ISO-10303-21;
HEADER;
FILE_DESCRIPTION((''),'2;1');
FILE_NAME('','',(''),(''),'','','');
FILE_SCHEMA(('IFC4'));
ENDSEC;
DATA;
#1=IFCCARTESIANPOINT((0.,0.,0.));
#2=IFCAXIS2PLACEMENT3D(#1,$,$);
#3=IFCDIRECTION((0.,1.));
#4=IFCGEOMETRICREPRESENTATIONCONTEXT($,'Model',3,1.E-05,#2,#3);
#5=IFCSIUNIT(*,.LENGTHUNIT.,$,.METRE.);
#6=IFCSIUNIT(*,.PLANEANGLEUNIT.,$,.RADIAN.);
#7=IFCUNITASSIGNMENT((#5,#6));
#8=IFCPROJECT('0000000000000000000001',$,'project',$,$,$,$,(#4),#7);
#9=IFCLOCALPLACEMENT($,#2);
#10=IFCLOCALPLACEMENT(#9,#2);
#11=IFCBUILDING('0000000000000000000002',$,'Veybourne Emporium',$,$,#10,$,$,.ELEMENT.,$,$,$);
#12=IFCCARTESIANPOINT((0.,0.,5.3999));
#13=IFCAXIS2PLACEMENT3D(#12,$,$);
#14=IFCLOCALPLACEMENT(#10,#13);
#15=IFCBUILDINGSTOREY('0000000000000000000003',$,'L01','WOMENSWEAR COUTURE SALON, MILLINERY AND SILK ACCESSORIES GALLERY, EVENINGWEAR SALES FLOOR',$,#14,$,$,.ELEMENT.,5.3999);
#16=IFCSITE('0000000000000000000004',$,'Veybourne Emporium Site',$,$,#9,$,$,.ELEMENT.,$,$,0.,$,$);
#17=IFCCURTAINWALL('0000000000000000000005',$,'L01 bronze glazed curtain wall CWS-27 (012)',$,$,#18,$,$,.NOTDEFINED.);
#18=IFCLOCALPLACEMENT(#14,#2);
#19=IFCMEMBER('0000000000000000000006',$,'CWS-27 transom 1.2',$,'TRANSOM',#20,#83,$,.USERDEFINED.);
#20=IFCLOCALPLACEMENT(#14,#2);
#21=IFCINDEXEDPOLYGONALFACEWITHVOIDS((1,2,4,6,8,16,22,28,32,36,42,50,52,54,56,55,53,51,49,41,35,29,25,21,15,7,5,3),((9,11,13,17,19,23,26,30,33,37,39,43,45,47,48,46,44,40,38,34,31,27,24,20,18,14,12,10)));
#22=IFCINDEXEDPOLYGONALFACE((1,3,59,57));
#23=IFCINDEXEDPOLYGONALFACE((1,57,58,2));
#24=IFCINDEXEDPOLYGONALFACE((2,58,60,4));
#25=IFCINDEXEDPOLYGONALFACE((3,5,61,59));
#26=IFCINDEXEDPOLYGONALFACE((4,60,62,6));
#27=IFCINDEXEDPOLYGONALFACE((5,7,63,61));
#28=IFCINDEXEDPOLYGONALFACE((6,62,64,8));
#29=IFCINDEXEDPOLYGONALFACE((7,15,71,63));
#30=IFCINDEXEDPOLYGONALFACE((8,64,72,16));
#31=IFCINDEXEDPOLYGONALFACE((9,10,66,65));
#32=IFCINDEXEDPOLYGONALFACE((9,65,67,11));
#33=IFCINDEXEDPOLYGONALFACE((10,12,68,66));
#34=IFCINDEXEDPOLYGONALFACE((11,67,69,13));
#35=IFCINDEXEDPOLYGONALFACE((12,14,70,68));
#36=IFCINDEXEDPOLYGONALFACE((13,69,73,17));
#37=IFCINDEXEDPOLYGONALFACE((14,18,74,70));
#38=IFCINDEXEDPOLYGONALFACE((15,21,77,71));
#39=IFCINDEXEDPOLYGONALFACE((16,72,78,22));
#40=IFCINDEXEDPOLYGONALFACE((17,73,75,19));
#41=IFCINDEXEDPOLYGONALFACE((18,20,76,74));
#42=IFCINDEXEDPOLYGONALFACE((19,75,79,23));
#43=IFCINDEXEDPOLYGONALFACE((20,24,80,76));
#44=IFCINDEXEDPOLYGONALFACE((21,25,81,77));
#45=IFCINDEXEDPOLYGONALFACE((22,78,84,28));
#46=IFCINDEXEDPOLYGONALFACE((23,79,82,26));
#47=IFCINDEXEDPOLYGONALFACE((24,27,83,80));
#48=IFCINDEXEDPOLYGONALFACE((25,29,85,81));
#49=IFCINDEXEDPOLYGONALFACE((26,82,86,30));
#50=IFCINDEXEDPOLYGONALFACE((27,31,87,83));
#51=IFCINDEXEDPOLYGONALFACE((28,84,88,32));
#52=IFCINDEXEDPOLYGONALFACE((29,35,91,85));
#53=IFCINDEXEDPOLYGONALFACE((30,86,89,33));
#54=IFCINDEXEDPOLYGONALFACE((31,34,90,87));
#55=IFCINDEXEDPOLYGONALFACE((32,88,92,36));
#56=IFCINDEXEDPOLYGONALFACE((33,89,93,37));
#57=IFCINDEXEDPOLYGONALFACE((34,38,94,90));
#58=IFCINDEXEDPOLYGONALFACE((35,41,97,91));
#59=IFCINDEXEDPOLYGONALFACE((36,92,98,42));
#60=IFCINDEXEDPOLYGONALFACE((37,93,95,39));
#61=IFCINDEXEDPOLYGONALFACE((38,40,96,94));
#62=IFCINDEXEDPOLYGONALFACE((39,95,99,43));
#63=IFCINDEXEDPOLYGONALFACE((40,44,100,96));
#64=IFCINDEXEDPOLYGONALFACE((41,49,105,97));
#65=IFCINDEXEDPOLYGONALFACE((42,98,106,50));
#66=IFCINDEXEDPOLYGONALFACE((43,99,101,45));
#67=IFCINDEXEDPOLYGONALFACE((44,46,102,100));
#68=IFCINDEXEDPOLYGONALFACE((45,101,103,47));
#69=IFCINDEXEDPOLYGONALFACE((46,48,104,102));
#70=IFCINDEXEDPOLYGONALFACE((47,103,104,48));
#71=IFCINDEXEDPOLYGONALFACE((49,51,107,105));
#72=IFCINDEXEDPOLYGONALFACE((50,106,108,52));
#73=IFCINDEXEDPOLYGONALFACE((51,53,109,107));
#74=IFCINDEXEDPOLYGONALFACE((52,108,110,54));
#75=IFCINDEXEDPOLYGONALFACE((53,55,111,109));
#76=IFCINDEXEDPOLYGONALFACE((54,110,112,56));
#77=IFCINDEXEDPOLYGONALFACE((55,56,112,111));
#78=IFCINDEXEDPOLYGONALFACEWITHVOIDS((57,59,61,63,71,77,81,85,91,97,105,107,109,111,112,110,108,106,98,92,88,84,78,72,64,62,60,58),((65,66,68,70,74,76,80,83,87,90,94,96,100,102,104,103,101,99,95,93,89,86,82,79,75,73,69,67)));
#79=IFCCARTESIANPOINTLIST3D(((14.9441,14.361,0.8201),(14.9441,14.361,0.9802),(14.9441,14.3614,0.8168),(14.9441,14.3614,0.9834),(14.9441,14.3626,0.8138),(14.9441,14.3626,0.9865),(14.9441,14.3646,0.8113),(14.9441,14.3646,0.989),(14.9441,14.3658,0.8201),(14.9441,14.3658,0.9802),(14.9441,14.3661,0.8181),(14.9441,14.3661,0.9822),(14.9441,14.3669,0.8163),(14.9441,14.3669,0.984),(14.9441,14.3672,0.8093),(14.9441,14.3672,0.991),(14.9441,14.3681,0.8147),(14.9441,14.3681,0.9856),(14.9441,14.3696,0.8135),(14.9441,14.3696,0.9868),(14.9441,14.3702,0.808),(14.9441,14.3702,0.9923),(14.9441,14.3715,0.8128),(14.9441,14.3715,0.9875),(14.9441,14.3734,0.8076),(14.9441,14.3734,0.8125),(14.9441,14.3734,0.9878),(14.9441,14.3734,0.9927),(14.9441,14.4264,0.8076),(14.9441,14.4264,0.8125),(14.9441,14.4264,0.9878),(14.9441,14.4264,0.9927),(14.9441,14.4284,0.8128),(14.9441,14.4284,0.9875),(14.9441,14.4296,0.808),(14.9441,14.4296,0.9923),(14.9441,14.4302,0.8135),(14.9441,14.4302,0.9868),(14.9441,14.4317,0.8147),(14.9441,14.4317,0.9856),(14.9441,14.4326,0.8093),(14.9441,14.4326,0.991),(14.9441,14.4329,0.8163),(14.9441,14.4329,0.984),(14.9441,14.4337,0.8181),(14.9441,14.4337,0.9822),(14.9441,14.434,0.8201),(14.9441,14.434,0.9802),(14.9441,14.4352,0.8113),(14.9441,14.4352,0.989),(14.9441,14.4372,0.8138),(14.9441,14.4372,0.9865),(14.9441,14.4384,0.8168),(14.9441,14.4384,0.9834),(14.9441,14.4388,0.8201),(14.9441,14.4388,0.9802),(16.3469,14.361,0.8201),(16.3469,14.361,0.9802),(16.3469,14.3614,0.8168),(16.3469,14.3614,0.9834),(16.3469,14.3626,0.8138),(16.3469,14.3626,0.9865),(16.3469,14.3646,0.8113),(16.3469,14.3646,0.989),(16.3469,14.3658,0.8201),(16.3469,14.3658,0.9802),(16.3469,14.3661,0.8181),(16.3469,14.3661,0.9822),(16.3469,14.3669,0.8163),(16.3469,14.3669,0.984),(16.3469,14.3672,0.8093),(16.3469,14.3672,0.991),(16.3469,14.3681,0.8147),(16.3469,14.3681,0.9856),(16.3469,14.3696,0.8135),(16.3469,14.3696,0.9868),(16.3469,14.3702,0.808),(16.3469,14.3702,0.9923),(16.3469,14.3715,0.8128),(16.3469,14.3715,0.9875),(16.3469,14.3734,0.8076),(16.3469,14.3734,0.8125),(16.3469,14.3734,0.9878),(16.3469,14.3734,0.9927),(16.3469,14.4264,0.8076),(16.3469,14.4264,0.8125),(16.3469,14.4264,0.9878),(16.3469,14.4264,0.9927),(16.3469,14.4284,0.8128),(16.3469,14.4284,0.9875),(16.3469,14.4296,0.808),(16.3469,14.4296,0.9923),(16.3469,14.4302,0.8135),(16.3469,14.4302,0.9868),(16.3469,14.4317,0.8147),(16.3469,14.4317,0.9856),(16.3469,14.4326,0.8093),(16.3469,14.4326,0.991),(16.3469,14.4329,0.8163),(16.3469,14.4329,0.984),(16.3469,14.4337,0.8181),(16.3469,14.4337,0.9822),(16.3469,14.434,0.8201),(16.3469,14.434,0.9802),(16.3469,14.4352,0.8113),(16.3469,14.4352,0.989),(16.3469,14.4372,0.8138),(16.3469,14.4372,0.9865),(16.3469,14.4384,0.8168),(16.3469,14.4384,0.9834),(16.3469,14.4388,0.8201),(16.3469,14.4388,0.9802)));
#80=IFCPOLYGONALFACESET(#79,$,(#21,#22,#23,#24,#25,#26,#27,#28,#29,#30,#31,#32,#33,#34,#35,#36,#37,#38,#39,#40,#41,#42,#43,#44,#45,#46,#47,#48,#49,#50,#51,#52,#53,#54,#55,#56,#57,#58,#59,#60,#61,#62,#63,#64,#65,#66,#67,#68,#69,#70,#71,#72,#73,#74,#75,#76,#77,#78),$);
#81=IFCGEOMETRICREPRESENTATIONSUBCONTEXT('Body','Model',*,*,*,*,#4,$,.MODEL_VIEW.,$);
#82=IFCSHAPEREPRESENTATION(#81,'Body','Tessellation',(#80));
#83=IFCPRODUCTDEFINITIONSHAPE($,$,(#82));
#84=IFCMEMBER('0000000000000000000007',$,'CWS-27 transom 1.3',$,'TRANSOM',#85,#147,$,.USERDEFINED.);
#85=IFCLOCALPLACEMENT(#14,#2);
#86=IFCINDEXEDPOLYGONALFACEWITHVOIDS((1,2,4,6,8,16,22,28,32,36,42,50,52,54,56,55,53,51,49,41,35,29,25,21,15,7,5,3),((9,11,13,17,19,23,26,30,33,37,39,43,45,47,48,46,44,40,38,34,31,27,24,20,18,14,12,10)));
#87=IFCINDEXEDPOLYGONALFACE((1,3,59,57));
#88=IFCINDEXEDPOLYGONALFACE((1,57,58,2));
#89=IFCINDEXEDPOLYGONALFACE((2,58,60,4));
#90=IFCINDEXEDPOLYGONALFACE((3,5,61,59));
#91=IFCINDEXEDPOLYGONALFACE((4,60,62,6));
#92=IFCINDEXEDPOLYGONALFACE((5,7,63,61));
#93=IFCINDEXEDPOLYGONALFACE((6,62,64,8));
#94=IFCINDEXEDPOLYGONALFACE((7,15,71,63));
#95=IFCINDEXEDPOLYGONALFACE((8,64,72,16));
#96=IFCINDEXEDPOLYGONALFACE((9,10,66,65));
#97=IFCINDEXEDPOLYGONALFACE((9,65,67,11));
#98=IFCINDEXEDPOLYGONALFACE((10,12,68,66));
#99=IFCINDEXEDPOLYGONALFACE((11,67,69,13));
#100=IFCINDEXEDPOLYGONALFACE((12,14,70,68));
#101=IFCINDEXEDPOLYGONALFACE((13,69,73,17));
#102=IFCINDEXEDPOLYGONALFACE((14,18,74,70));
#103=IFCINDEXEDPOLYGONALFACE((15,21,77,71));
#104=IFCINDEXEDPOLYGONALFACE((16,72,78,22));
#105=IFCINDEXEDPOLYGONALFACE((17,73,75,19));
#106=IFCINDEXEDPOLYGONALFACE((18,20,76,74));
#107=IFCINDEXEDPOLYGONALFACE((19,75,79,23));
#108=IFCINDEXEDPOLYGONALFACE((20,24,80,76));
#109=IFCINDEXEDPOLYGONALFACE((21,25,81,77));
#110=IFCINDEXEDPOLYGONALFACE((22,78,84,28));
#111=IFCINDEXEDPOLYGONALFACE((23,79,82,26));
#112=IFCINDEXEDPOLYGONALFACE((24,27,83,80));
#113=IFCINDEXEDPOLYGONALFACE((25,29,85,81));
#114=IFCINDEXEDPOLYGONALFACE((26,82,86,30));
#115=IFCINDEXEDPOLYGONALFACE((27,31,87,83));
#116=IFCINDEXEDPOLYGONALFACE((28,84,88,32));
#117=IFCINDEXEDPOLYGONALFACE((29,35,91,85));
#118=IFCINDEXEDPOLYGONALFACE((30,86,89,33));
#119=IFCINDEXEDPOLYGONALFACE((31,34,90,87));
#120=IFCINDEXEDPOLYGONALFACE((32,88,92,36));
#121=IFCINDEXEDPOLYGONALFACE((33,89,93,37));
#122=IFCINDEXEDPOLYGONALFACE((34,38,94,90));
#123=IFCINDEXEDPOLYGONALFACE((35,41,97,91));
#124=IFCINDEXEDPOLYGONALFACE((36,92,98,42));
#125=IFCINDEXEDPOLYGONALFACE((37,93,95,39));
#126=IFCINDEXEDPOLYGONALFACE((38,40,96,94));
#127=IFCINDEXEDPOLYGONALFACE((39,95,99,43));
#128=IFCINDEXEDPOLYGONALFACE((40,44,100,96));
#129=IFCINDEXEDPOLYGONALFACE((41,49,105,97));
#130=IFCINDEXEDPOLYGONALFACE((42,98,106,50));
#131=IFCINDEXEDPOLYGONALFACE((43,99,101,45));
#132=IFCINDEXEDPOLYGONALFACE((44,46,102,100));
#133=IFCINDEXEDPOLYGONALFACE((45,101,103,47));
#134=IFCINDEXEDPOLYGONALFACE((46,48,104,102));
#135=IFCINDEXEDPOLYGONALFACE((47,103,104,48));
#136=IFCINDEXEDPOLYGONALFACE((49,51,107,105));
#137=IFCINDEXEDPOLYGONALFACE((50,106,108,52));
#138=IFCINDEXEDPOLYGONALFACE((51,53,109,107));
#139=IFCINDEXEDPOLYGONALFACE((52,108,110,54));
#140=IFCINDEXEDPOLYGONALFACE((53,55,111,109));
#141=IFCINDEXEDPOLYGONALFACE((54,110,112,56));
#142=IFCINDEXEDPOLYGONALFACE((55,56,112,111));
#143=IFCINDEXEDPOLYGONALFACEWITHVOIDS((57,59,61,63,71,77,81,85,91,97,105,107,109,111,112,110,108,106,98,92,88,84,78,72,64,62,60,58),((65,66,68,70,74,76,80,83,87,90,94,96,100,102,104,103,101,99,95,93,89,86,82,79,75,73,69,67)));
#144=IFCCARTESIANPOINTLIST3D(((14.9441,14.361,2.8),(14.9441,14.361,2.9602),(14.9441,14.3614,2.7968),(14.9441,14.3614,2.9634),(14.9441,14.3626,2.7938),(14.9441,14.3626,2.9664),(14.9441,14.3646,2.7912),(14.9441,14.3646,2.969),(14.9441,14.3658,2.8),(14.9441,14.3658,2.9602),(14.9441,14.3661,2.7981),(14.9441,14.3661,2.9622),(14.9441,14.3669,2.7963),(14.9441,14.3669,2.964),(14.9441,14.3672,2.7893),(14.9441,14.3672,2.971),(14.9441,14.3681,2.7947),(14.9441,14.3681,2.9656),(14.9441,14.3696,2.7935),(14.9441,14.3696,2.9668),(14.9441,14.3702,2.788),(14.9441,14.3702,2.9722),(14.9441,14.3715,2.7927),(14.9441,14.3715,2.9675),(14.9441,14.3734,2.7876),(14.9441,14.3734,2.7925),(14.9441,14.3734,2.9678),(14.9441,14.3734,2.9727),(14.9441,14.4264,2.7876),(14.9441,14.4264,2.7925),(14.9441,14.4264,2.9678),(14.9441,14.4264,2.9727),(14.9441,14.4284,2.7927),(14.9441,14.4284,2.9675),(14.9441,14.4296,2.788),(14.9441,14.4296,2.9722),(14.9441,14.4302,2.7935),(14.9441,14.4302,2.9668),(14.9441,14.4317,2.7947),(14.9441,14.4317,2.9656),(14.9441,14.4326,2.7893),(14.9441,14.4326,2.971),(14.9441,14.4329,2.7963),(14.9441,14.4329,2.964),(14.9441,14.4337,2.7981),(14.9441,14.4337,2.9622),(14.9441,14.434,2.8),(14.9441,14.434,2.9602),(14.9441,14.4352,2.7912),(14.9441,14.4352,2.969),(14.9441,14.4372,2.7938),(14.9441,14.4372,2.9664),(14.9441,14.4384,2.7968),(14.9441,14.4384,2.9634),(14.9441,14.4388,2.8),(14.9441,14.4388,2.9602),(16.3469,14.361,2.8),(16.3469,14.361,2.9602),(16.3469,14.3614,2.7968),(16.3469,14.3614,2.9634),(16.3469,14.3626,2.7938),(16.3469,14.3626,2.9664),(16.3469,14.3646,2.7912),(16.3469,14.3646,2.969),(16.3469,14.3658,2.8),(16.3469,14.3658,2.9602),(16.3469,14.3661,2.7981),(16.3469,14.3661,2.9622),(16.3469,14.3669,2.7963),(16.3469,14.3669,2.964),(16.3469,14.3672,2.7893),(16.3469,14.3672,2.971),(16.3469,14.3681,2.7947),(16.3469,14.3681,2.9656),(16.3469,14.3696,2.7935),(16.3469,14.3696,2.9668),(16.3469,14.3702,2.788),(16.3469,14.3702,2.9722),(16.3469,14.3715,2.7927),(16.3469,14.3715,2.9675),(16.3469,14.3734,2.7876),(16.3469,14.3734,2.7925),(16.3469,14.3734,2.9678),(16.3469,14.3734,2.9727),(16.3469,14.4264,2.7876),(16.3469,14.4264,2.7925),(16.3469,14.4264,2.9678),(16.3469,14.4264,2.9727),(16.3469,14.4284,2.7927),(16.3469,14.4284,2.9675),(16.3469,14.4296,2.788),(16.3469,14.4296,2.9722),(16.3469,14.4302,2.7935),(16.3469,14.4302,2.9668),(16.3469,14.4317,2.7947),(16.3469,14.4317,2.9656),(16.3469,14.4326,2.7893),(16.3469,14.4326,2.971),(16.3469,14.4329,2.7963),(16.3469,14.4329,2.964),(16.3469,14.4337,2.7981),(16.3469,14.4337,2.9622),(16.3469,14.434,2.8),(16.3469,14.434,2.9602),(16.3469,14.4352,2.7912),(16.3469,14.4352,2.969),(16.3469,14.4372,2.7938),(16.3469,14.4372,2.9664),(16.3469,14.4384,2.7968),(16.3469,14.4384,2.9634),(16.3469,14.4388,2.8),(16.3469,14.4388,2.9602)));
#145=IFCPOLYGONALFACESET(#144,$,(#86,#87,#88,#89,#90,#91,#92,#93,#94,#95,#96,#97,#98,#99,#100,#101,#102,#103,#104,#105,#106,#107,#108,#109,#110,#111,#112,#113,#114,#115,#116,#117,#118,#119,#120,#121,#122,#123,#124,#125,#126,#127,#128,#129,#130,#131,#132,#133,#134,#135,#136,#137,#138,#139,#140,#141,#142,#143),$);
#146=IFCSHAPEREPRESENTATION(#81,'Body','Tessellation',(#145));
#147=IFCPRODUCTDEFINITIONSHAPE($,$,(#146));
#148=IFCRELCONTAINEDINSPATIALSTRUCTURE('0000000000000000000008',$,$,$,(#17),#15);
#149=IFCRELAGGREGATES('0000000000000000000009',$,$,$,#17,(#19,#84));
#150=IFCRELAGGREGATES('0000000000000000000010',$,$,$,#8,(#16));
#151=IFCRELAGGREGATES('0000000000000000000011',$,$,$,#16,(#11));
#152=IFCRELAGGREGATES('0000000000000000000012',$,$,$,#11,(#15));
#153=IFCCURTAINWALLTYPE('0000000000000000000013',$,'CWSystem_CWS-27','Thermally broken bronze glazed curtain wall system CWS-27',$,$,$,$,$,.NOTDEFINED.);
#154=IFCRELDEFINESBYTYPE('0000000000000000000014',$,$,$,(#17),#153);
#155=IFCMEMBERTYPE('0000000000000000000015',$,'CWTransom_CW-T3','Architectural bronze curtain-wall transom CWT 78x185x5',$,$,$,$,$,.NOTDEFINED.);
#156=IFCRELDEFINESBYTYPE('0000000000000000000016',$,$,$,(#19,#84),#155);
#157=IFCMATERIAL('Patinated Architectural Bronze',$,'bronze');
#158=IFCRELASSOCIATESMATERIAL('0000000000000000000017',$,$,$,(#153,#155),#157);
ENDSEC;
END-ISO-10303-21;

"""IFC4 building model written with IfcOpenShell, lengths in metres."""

from ifc_helpers import new_model, si_unit, direction, frame, origin, origin_2d, place, context, subcontext, project, spatial, hollow_rectangle, extrude, material, material_profile, profile_set, type_object, element, aggregate, save


model = new_model("IFC4")

# Units and contexts
model_context = context("Model", 3, precision=1e-05, world=origin(), true_north=direction((0.0, 1.0)))
body_context = subcontext(model_context, "Body", "Model", "MODEL_VIEW")
ifc_project = project(units=[si_unit("LENGTHUNIT", "METRE"), si_unit("PLANEANGLEUNIT", "RADIAN")], contexts=[model_context])

# Site, building, storey
site_placement = place(None, origin())
site = spatial("IfcSite", under=ifc_project, at=site_placement, Name="Veybourne Emporium Site", CompositionType="ELEMENT", RefElevation=0.0)
building_placement = place(site_placement, origin())
building = spatial("IfcBuilding", under=site, at=building_placement, Name="Veybourne Emporium", CompositionType="ELEMENT")
storey_placement = place(building_placement, frame((0.0, 0.0, 5.3999)))
storey = spatial("IfcBuildingStorey", under=building, at=storey_placement, Name="L01", Description="WOMENSWEAR COUTURE SALON, MILLINERY AND SILK ACCESSORIES GALLERY, EVENINGWEAR SALES FLOOR", CompositionType="ELEMENT", Elevation=5.3999)

# Curtain wall, members
ifc_material_1 = material(Name="Patinated Architectural Bronze", Category="bronze")
curtain_wall_type = type_object("IfcCurtainWallType", Name="CWSystem_CWS-27", Description="Thermally broken bronze glazed curtain wall system CWS-27", PredefinedType="NOTDEFINED", material=ifc_material_1)
curtain_wall_placement = place(storey_placement, origin())
curtain_wall = element("IfcCurtainWall", 1, at=curtain_wall_placement, inside=storey, type_object=curtain_wall_type, Name="L01 bronze glazed curtain wall CWS-27 (012)", PredefinedType="NOTDEFINED")
ifc_material_profile_1 = material_profile(ifc_material_1, hollow_rectangle(XDim=0.0779, YDim=0.1851, WallThickness=0.0049, InnerFilletRadius=0.0076, OuterFilletRadius=0.0125, at=origin_2d()), Name="CWT 78x185x5")
ifc_profile_set_1 = profile_set([ifc_material_profile_1], Name="Patinated Architectural Bronze")
member_type_1 = type_object("IfcMemberType", Name="CWTransom_CW-T3", Description="Architectural bronze curtain-wall transom CWT 78x185x5", PredefinedType="NOTDEFINED", material=ifc_profile_set_1)
member_1_placement = place(storey_placement, frame((16.3469, 14.3999, 0.9001), z_axis=(-1.0, 0.0, 0.0), x_axis=(0.0, -1.0, 0.0)))
member_1 = element("IfcMember", 2, at=member_1_placement, type_object=member_type_1, Name="CWS-27 transom 1.2", ObjectType="TRANSOM", PredefinedType="USERDEFINED", context=body_context, shape_type="SweptSolid", body=[
    extrude(hollow_rectangle(XDim=0.0779, YDim=0.1851, WallThickness=0.0049, InnerFilletRadius=0.0076, OuterFilletRadius=0.0125, at=origin_2d()), origin(), (0.0, 0.0, 1.0), 1.4028),
])
member_2_placement = place(storey_placement, frame((16.3469, 14.3999, 2.8801), z_axis=(-1.0, 0.0, 0.0), x_axis=(0.0, -1.0, 0.0)))
member_2 = element("IfcMember", 3, at=member_2_placement, type_object=member_type_1, Name="CWS-27 transom 1.3", ObjectType="TRANSOM", PredefinedType="USERDEFINED", context=body_context, shape_type="SweptSolid", body=[
    extrude(hollow_rectangle(XDim=0.0779, YDim=0.1851, WallThickness=0.0049, InnerFilletRadius=0.0076, OuterFilletRadius=0.0125, at=origin_2d()), origin(), (0.0, 0.0, 1.0), 1.4028),
])
aggregate(curtain_wall, [member_1, member_2])

save(model, "model.ifc")
